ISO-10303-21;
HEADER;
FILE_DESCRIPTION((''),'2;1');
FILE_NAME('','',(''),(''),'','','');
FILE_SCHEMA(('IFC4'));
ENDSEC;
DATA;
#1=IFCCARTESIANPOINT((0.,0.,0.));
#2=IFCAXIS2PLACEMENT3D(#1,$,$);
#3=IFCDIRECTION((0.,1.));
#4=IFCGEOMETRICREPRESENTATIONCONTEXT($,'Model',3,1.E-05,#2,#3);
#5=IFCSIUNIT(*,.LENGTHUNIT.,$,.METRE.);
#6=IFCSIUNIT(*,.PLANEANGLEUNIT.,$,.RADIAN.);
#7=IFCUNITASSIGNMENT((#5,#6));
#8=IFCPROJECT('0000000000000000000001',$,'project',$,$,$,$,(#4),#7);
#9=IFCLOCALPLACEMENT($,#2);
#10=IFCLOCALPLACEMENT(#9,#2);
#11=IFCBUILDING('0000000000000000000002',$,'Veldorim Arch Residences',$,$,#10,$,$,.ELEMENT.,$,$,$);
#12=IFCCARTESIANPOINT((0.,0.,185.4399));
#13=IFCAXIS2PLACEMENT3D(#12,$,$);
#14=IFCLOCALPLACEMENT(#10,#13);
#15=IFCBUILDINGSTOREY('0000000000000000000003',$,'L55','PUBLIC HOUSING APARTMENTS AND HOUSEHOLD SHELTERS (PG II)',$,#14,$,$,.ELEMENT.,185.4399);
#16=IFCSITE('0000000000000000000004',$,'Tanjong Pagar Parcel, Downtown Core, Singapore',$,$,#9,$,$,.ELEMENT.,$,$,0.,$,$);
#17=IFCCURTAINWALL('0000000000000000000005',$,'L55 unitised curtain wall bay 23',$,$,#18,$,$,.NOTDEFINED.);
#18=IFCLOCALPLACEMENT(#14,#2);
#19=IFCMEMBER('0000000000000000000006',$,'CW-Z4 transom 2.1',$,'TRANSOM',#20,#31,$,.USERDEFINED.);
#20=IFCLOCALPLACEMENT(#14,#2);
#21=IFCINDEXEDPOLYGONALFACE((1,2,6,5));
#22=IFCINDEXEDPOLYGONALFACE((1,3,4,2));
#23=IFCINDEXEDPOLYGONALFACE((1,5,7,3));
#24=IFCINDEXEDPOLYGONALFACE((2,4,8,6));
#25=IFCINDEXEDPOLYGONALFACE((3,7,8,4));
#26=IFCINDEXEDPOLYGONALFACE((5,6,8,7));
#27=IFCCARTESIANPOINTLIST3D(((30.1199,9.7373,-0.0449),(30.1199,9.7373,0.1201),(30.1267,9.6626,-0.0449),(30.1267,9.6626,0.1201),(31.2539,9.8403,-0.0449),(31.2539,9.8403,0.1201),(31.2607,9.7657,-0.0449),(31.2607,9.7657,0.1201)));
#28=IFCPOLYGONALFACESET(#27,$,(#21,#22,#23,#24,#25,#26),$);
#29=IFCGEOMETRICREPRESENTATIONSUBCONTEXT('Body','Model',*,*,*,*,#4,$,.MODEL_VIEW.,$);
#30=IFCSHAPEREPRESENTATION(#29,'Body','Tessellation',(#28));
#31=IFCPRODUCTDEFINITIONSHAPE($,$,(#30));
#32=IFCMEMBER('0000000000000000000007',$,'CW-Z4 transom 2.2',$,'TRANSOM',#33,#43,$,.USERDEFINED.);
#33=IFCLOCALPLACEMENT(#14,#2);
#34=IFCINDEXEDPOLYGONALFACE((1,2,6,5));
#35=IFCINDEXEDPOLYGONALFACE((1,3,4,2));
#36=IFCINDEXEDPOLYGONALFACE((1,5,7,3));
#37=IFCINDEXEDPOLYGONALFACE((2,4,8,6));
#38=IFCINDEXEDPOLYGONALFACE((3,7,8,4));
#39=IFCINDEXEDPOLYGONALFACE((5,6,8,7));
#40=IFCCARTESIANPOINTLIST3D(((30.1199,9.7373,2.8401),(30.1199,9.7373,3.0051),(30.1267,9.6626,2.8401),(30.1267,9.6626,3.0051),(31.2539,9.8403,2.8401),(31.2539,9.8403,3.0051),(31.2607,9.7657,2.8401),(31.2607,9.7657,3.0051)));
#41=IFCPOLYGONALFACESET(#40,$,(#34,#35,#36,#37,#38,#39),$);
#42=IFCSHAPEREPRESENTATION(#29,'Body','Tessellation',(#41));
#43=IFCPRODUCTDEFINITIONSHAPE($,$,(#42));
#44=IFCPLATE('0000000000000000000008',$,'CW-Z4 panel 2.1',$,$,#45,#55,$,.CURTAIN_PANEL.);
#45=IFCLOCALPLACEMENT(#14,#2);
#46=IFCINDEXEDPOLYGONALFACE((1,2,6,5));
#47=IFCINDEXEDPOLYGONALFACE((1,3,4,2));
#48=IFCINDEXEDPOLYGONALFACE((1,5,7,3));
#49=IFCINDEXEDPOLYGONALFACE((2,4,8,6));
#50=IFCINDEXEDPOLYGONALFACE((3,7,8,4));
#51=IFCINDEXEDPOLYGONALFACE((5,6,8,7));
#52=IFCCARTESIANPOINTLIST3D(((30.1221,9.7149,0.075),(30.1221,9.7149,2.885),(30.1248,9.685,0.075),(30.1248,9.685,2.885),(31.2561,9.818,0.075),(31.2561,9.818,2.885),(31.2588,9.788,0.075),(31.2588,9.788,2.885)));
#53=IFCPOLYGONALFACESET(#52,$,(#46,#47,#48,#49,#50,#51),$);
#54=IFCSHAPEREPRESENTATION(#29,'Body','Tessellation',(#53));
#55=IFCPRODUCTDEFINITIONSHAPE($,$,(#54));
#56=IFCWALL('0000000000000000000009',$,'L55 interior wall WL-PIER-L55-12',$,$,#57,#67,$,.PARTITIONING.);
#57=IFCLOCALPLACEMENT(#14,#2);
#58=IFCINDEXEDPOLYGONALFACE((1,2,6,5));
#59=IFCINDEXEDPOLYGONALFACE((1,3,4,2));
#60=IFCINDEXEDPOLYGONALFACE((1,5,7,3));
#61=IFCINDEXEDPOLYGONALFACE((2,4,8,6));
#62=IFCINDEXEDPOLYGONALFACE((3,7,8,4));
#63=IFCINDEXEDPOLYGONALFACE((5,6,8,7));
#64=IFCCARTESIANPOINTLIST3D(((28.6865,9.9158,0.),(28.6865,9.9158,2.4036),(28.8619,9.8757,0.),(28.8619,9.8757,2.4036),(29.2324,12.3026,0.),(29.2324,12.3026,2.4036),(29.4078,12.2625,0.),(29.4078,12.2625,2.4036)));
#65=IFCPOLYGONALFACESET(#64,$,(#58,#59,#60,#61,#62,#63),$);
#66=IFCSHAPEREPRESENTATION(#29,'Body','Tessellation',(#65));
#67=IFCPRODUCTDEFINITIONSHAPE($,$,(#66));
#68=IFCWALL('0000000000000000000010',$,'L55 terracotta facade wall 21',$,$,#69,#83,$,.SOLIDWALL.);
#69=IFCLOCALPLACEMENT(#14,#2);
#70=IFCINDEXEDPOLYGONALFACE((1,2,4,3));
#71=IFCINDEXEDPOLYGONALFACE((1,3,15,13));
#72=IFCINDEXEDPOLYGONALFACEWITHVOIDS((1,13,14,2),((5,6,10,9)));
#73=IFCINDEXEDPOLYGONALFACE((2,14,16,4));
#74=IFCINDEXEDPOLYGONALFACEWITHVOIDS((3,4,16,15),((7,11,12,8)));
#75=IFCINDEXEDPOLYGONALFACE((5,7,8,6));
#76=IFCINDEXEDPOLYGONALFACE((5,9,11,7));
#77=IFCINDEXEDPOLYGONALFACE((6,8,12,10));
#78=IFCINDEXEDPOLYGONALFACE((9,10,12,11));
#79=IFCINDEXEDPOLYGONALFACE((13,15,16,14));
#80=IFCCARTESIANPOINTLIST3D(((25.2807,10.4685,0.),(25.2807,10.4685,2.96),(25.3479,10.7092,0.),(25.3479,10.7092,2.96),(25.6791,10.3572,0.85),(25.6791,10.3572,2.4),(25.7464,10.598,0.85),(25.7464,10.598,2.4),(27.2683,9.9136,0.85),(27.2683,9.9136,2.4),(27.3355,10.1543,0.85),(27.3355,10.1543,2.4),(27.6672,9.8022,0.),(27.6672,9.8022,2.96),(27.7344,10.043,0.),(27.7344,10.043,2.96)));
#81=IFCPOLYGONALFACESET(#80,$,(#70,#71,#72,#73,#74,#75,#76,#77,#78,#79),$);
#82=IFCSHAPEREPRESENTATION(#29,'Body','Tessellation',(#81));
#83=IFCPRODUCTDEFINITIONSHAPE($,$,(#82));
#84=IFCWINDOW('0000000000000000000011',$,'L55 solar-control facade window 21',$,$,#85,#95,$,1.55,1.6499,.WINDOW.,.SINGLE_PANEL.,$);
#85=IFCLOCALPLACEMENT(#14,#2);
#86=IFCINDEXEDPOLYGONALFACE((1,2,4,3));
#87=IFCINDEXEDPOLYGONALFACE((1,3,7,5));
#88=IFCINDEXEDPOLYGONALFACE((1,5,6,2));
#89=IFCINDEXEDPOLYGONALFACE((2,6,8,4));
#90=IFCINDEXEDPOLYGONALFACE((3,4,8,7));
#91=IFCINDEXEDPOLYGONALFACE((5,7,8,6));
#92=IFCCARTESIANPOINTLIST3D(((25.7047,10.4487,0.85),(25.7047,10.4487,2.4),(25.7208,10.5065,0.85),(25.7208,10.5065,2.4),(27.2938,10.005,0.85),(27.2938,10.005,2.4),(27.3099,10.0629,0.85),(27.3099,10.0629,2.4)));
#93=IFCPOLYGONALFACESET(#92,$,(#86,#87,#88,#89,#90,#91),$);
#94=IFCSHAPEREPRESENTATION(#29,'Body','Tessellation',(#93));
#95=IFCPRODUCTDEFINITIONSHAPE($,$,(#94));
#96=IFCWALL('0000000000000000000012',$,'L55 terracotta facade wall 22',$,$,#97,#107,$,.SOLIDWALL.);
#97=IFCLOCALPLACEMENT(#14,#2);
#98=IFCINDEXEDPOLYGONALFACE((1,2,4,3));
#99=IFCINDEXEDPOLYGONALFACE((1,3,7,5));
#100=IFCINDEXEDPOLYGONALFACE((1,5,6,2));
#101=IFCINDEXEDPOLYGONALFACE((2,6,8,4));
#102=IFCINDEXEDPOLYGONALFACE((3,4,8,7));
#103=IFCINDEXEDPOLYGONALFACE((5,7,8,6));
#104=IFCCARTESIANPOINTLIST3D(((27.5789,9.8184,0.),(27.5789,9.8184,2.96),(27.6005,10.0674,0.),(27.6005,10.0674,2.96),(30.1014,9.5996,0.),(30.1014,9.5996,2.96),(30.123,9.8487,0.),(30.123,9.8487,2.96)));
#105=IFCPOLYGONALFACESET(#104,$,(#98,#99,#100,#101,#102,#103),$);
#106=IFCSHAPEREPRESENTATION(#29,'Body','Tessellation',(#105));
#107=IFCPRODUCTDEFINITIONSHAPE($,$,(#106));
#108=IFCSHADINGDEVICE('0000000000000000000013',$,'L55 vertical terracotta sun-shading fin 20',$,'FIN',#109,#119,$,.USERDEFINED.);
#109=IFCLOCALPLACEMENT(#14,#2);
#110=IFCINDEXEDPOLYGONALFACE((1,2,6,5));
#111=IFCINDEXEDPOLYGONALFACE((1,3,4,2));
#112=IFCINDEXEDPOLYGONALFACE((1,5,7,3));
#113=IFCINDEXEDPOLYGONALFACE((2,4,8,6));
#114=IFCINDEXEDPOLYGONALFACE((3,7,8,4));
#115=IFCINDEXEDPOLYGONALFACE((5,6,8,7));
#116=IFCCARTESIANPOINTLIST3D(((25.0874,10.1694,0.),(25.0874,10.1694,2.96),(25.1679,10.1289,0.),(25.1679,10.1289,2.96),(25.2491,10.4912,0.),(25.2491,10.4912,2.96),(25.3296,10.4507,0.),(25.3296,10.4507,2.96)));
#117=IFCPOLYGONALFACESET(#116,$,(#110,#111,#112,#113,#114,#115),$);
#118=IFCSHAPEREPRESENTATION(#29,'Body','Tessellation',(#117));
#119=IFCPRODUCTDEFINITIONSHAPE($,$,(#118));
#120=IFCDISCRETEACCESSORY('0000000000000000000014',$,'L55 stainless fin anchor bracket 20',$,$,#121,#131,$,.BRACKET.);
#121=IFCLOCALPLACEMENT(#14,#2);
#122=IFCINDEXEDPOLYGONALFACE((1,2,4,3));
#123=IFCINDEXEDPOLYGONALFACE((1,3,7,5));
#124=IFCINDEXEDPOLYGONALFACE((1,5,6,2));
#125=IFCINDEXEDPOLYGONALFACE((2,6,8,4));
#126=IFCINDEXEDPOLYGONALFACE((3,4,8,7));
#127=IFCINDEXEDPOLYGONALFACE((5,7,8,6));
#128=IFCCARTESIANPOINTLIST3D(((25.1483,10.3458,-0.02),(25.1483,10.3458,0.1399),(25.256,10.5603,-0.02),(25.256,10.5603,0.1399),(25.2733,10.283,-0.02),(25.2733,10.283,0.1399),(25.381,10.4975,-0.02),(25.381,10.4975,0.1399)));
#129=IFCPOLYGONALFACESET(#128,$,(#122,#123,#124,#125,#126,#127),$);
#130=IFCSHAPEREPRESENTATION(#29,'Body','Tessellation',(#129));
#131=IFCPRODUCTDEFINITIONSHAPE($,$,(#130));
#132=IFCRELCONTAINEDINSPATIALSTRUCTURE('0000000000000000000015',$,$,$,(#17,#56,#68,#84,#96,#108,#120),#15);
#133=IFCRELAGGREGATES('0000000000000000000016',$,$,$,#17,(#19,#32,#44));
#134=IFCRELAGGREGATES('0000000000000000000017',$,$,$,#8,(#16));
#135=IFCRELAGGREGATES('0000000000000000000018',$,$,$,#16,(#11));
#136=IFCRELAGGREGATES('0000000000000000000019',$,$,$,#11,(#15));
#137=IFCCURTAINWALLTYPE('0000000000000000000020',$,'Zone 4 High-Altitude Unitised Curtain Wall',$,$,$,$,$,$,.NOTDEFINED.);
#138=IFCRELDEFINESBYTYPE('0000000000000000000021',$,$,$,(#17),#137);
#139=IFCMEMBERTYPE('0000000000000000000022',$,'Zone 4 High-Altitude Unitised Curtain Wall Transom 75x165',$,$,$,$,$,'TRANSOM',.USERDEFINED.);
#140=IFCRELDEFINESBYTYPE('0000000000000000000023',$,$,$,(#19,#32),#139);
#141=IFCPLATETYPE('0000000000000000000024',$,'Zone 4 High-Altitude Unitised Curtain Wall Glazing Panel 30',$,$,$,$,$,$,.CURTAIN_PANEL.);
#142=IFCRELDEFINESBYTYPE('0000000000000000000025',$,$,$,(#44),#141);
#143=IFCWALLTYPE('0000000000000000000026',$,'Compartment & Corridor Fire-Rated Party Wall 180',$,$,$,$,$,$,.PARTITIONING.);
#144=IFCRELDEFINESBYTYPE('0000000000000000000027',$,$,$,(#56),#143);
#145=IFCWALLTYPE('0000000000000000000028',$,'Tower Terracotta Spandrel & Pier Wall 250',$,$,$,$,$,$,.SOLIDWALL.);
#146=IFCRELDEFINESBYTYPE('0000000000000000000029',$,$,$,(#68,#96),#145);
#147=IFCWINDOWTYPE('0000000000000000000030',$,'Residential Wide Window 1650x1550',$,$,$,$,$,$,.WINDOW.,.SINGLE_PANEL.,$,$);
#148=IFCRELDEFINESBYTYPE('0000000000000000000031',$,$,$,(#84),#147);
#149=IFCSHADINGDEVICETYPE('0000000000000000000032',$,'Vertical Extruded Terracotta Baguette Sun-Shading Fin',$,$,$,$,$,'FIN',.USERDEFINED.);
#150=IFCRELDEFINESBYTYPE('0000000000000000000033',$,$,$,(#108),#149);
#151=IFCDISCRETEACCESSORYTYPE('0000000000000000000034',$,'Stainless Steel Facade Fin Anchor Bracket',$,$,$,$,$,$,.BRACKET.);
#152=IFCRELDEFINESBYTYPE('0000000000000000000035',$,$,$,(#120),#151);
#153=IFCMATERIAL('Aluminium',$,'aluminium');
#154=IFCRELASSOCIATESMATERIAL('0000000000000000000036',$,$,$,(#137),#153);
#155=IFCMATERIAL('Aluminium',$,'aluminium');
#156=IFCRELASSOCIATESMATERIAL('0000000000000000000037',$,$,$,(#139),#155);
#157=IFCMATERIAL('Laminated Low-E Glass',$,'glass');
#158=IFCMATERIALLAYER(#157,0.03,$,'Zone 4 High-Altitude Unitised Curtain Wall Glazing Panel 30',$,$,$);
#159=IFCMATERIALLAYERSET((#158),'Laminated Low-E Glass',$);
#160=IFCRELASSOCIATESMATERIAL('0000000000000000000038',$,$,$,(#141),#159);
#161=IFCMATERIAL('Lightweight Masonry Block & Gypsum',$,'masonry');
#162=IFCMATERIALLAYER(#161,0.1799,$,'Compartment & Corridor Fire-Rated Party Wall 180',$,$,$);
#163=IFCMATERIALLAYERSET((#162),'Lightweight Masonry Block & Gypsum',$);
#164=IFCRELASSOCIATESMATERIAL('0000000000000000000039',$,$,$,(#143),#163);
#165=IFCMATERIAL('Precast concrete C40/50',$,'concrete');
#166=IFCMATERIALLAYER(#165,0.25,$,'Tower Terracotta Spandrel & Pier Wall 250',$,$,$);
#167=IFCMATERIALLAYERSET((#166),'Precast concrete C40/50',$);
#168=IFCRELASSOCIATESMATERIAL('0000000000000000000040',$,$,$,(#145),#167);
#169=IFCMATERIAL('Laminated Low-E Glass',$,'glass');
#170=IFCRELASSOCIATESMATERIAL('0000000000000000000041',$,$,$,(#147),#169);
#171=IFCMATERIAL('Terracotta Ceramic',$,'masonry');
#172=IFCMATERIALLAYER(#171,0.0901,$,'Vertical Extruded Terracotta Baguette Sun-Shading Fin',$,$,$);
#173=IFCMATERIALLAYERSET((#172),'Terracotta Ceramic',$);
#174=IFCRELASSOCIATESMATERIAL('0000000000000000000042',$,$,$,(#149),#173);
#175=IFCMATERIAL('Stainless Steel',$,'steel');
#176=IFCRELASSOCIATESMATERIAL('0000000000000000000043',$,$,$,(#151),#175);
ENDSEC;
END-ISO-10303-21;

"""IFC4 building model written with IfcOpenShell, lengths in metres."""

from ifc_helpers import new_model, si_unit, direction, frame, frame_2d, origin, origin_2d, place, context, subcontext, project, spatial, rectangle, extrude, material, layer, layer_set, material_profile, profile_set, type_object, element, fill, aggregate, save


model = new_model("IFC4")

# Units and contexts
model_context = context("Model", 3, precision=1e-05, world=origin(), true_north=direction((0.0, 1.0)))
body_context = subcontext(model_context, "Body", "Model", "MODEL_VIEW")
ifc_project = project(units=[si_unit("LENGTHUNIT", "METRE"), si_unit("PLANEANGLEUNIT", "RADIAN")], contexts=[model_context])

# Site, building, storey
site_placement = place(None, origin())
site = spatial("IfcSite", under=ifc_project, at=site_placement, Name="Tanjong Pagar Parcel, Downtown Core, Singapore", CompositionType="ELEMENT", RefElevation=0.0)
building_placement = place(site_placement, origin())
building = spatial("IfcBuilding", under=site, at=building_placement, Name="Veldorim Arch Residences", CompositionType="ELEMENT")
storey_placement = place(building_placement, frame((0.0, 0.0, 185.4399)))
storey = spatial("IfcBuildingStorey", under=building, at=storey_placement, Name="L55", Description="PUBLIC HOUSING APARTMENTS AND HOUSEHOLD SHELTERS (PG II)", CompositionType="ELEMENT", Elevation=185.4399)

# Shared definitions
ifc_material_1 = material(Name="Aluminium", Category="aluminium")
curtain_wall_type = type_object("IfcCurtainWallType", Name="Zone 4 High-Altitude Unitised Curtain Wall", PredefinedType="NOTDEFINED", material=ifc_material_1)

# Curtain wall
curtain_wall_1_placement = place(storey_placement, origin())
curtain_wall_1 = element("IfcCurtainWall", 1, at=curtain_wall_1_placement, inside=storey, type_object=curtain_wall_type, Name="L55 unitised curtain wall bay 23", PredefinedType="NOTDEFINED")

# Members
ifc_material_2 = material(Name="Aluminium", Category="aluminium")
ifc_material_profile_1 = material_profile(ifc_material_2, rectangle(XDim=0.075, YDim=0.165, at=origin_2d()), Name="ALU_TRN_75x165")
ifc_profile_set_1 = profile_set([ifc_material_profile_1], Name="Aluminium")
member_type_1 = type_object("IfcMemberType", Name="Zone 4 High-Altitude Unitised Curtain Wall Transom 75x165", ElementType="TRANSOM", PredefinedType="USERDEFINED", material=ifc_profile_set_1)
member_1_placement = place(storey_placement, frame((31.2573, 9.803, 0.0376), z_axis=(-0.995898, -0.090478, 0.0), x_axis=(0.090478, -0.995898, 0.0)))
member_1 = element("IfcMember", 2, at=member_1_placement, type_object=member_type_1, Name="CW-Z4 transom 2.1", ObjectType="TRANSOM", PredefinedType="USERDEFINED", context=body_context, shape_type="SweptSolid", body=[
    extrude(rectangle(XDim=0.075, YDim=0.165, at=origin_2d()), origin(), (0.0, 0.0, 1.0), 1.1387),
])
member_2_placement = place(storey_placement, frame((31.2573, 9.803, 2.9226), z_axis=(-0.995898, -0.090478, 0.0), x_axis=(0.090478, -0.995898, 0.0)))
member_2 = element("IfcMember", 3, at=member_2_placement, type_object=member_type_1, Name="CW-Z4 transom 2.2", ObjectType="TRANSOM", PredefinedType="USERDEFINED", context=body_context, shape_type="SweptSolid", body=[
    extrude(rectangle(XDim=0.075, YDim=0.165, at=origin_2d()), origin(), (0.0, 0.0, 1.0), 1.1387),
])

# Plate
ifc_material_3 = material(Name="Laminated Low-E Glass", Category="glass")
ifc_layer_1 = layer(ifc_material_3, 0.03, Name="Zone 4 High-Altitude Unitised Curtain Wall Glazing Panel 30")
ifc_layer_set_1 = layer_set([ifc_layer_1], Name="Laminated Low-E Glass")
plate_type = type_object("IfcPlateType", Name="Zone 4 High-Altitude Unitised Curtain Wall Glazing Panel 30", PredefinedType="CURTAIN_PANEL", material=ifc_layer_set_1)
plate_placement = place(storey_placement, frame((30.6904, 9.7515, 0.075), z_axis=(0.0, 0.0, 1.0), x_axis=(-0.995895, -0.090521, 0.0)))
plate = element("IfcPlate", 4, at=plate_placement, type_object=plate_type, Name="CW-Z4 panel 2.1", PredefinedType="CURTAIN_PANEL", context=body_context, shape_type="SweptSolid", body=[
    extrude(rectangle(XDim=1.1387, YDim=0.03, at=origin_2d()), origin(), (0.0, 0.0, 1.0), 2.8101),
])
aggregate(curtain_wall_1, [member_1, member_2, plate])

# Wall
ifc_material_4 = material(Name="Lightweight Masonry Block & Gypsum", Category="masonry")
ifc_layer_2 = layer(ifc_material_4, 0.1799, Name="Compartment & Corridor Fire-Rated Party Wall 180")
ifc_layer_set_2 = layer_set([ifc_layer_2], Name="Lightweight Masonry Block & Gypsum")
wall_type_1 = type_object("IfcWallType", Name="Compartment & Corridor Fire-Rated Party Wall 180", PredefinedType="PARTITIONING", material=ifc_layer_set_2)
wall_1_placement = place(storey_placement, frame((29.3201, 12.2825, 0.0), z_axis=(0.0, 0.0, 1.0), x_axis=(-0.222944, -0.974831, 0.0)))
element("IfcWall", 5, at=wall_1_placement, inside=storey, type_object=wall_type_1, Name="L55 interior wall WL-PIER-L55-12", PredefinedType="PARTITIONING", context=body_context, shape_type="SweptSolid", body=[
    extrude(rectangle(XDim=2.4485, YDim=0.1799, at=frame_2d((1.2241, 0.0))), origin(), (0.0, 0.0, 1.0), 2.4036),
])

# Wall, opening, window
ifc_material_5 = material(Name="Precast concrete C40/50", Category="concrete")
ifc_layer_3 = layer(ifc_material_5, 0.25, Name="Tower Terracotta Spandrel & Pier Wall 250")
ifc_layer_set_3 = layer_set([ifc_layer_3], Name="Precast concrete C40/50")
wall_type_2 = type_object("IfcWallType", Name="Tower Terracotta Spandrel & Pier Wall 250", PredefinedType="SOLIDWALL", material=ifc_layer_set_3)
wall_2_placement = place(storey_placement, frame((27.7007, 9.9226, 0.0), z_axis=(0.0, 0.0, 1.0), x_axis=(-0.963168, 0.268899, 0.0)))
wall_2 = element("IfcWall", 6, at=wall_2_placement, inside=storey, type_object=wall_type_2, Name="L55 terracotta facade wall 21", PredefinedType="SOLIDWALL", context=body_context, shape_type="SweptSolid", body=[
    extrude(rectangle(XDim=2.4778, YDim=0.25, at=frame_2d((1.2388, 0.0))), origin(), (0.0, 0.0, 1.0), 2.96),
])
opening_placement = place(wall_2_placement, frame((0.4141, 0.0, 0.8501)))
opening = element("IfcOpeningElement", 7, at=opening_placement, cuts=wall_2, PredefinedType="OPENING", context=body_context, shape_type="SweptSolid", body=[
    extrude(rectangle(XDim=1.6499, YDim=1.55, at=frame_2d((0.825, 0.7749))), frame((0.0, 0.135, 0.0), z_axis=(0.0, -1.0, 0.0), x_axis=(1.0, 0.0, 0.0)), (0.0, 0.0, 1.0), 0.27),
])
ifc_material_6 = material(Name="Laminated Low-E Glass", Category="glass")
window_type = type_object("IfcWindowType", Name="Residential Wide Window 1650x1550", PartitioningType="SINGLE_PANEL", PredefinedType="WINDOW", material=ifc_material_6)
window_placement = place(opening_placement, origin())
window = element("IfcWindow", 8, at=window_placement, inside=storey, type_object=window_type, Name="L55 solar-control facade window 21", OverallHeight=1.55, OverallWidth=1.6499, PartitioningType="SINGLE_PANEL", PredefinedType="WINDOW", context=body_context, shape_type="SweptSolid", body=[
    extrude(rectangle(XDim=1.6499, YDim=1.55, at=frame_2d((0.825, 0.7749))), frame((0.0, 0.03, 0.0), z_axis=(0.0, -1.0, 0.0), x_axis=(1.0, 0.0, 0.0)), (0.0, 0.0, 1.0), 0.0601),
])
fill(opening, window)

# Wall
wall_3_placement = place(storey_placement, frame((30.1123, 9.7241, 0.0), z_axis=(0.0, 0.0, 1.0), x_axis=(-0.996261, 0.086397, 0.0)))
element("IfcWall", 9, at=wall_3_placement, inside=storey, type_object=wall_type_2, Name="L55 terracotta facade wall 22", PredefinedType="SOLIDWALL", context=body_context, shape_type="SweptSolid", body=[
    extrude(rectangle(XDim=2.532, YDim=0.25, at=frame_2d((1.2661, 0.0))), origin(), (0.0, 0.0, 1.0), 2.96),
])

# Shading device
ifc_material_7 = material(Name="Terracotta Ceramic", Category="masonry")
ifc_layer_4 = layer(ifc_material_7, 0.0901, Name="Vertical Extruded Terracotta Baguette Sun-Shading Fin")
ifc_layer_set_4 = layer_set([ifc_layer_4], Name="Terracotta Ceramic")
shading_device_type = type_object("IfcShadingDeviceType", Name="Vertical Extruded Terracotta Baguette Sun-Shading Fin", ElementType="FIN", PredefinedType="USERDEFINED", material=ifc_layer_set_4)
shading_device_placement = place(storey_placement, frame((25.2085, 10.3101, 0.0), z_axis=(0.0, 0.0, 1.0), x_axis=(-0.893607, 0.448851, 0.0)))
element("IfcShadingDevice", 10, at=shading_device_placement, inside=storey, type_object=shading_device_type, Name="L55 vertical terracotta sun-shading fin 20", ObjectType="FIN", PredefinedType="USERDEFINED", context=body_context, shape_type="SweptSolid", body=[
    extrude(rectangle(XDim=0.0901, YDim=0.3601, at=origin_2d()), origin(), (0.0, 0.0, 1.0), 2.96),
])

# Discrete accessory
ifc_material_8 = material(Name="Stainless Steel", Category="steel")
discrete_accessory_type = type_object("IfcDiscreteAccessoryType", Name="Stainless Steel Facade Fin Anchor Bracket", PredefinedType="BRACKET", material=ifc_material_8)
discrete_accessory_placement = place(storey_placement, frame((25.2646, 10.4216, -0.02), z_axis=(0.0, 0.0, 1.0), x_axis=(-0.893607, 0.448851, 0.0)))
element("IfcDiscreteAccessory", 11, at=discrete_accessory_placement, inside=storey, type_object=discrete_accessory_type, Name="L55 stainless fin anchor bracket 20", PredefinedType="BRACKET", context=body_context, shape_type="SweptSolid", body=[
    extrude(rectangle(XDim=0.1399, YDim=0.24, at=origin_2d()), origin(), (0.0, 0.0, 1.0), 0.1599),
])

save(model, "model.ifc")
